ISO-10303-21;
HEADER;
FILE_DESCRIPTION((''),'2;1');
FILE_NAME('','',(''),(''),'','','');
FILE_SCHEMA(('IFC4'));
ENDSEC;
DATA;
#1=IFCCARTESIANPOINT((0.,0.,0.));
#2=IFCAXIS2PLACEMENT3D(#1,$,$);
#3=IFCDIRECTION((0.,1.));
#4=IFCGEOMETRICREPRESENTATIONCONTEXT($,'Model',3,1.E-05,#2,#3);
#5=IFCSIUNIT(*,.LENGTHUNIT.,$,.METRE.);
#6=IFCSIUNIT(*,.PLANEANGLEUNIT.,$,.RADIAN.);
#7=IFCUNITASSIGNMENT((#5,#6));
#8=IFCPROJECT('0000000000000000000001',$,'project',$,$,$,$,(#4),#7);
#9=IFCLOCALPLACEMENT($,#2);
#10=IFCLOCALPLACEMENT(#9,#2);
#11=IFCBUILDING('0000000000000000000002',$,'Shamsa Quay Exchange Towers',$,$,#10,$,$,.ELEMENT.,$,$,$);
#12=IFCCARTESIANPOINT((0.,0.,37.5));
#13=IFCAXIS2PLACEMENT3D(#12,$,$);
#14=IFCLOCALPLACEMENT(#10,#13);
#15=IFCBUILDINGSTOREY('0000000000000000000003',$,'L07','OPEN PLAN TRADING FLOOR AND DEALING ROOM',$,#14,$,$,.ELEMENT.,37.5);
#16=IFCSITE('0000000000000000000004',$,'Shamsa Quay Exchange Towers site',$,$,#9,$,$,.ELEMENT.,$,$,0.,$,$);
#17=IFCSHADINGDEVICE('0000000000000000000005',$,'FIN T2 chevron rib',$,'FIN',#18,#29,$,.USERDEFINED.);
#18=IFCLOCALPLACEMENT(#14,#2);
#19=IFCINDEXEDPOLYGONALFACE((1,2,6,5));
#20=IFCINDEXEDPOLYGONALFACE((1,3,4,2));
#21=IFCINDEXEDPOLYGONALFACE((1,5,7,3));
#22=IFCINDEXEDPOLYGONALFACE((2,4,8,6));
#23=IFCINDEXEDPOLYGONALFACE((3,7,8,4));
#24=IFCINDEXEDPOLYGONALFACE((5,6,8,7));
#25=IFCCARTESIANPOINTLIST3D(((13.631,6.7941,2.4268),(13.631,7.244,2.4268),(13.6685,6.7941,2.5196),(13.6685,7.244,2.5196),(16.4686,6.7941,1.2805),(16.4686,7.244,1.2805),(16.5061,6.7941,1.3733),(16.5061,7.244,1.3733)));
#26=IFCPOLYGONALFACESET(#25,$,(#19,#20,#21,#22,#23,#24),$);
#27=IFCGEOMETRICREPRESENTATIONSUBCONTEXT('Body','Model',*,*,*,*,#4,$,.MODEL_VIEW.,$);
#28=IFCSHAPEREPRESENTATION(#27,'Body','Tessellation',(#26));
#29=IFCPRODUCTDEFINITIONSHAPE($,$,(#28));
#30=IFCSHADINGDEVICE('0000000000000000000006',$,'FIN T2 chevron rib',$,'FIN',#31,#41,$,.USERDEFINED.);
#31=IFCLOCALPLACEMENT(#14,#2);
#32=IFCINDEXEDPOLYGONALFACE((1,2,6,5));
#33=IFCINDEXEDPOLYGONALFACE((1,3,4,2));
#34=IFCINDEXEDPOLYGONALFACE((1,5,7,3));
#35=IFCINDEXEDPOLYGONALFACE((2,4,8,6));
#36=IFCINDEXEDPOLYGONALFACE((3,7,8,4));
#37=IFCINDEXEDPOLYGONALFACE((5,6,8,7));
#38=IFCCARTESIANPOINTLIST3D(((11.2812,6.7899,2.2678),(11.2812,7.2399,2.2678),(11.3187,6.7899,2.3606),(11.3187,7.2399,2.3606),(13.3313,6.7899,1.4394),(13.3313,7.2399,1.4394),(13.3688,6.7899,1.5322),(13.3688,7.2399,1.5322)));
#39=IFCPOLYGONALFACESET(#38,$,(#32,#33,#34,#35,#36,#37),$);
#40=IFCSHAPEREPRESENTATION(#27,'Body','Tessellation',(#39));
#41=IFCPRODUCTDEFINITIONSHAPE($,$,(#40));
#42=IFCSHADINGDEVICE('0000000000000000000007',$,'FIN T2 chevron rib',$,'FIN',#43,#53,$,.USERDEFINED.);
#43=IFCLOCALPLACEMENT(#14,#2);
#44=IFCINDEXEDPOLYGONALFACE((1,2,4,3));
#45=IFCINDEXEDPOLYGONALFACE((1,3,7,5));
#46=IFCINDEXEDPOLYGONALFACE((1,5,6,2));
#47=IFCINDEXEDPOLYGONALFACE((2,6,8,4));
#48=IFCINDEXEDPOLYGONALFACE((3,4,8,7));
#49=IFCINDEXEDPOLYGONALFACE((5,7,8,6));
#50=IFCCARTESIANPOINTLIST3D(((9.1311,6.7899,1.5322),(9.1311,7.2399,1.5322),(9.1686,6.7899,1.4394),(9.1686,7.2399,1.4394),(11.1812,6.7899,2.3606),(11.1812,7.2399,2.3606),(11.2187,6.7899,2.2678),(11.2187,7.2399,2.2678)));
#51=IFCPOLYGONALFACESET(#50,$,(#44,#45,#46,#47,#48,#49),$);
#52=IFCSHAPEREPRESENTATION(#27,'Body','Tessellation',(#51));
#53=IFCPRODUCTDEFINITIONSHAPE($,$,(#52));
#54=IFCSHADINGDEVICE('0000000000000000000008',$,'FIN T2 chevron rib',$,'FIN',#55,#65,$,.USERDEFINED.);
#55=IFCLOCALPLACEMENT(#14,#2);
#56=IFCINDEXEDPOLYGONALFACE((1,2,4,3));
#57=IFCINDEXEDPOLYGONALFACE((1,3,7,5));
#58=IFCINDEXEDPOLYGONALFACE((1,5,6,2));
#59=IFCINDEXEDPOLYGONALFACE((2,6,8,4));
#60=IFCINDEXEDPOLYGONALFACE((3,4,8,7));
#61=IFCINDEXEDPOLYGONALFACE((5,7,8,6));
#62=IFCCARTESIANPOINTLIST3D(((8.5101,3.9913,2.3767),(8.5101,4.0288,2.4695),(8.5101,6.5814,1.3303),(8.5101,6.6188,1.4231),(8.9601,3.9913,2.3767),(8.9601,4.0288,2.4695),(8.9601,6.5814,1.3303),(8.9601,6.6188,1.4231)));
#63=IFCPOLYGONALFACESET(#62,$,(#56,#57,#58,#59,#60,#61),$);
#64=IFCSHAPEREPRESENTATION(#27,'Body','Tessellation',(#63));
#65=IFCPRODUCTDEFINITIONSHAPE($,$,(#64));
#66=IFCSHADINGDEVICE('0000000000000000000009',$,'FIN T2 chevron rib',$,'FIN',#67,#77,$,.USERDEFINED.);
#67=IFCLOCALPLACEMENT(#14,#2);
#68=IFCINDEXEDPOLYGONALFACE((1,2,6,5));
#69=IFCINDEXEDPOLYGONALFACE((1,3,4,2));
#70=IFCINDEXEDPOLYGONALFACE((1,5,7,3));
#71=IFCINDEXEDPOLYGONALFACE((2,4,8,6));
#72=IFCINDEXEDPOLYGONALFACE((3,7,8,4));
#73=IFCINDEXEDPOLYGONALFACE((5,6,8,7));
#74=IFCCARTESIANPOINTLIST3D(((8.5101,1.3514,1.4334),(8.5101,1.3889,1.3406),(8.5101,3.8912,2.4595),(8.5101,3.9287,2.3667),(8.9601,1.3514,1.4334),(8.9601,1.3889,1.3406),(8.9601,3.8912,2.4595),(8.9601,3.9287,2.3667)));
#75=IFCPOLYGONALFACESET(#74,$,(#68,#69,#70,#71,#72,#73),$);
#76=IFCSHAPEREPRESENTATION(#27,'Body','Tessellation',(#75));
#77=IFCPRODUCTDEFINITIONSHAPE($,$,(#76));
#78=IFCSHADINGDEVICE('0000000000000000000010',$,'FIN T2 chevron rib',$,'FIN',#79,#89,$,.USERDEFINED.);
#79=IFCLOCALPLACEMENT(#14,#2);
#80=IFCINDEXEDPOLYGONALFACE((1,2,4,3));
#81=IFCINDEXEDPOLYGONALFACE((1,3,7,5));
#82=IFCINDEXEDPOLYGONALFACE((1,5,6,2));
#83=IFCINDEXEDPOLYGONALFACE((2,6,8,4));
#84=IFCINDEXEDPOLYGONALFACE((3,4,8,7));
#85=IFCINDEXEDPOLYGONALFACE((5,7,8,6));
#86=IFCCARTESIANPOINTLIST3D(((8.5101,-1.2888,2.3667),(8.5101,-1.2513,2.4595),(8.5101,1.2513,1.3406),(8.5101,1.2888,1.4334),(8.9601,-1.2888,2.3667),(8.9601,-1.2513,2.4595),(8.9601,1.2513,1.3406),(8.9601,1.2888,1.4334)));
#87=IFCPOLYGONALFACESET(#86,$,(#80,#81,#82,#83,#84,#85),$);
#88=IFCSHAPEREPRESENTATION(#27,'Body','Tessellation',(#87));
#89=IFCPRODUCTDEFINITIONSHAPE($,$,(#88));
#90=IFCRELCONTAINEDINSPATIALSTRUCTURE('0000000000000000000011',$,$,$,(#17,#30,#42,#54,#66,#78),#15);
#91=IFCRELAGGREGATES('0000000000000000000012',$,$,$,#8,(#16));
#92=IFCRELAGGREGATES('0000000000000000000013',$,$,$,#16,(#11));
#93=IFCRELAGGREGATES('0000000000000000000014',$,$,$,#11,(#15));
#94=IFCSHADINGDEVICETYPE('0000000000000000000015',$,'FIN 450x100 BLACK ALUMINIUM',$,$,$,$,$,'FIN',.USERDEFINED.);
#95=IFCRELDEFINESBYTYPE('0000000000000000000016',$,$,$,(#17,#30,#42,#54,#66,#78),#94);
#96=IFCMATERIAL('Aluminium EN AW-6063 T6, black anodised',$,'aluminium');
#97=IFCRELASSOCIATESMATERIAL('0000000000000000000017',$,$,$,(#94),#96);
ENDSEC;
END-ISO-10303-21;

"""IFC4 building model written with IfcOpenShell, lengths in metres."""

from ifc_helpers import new_model, si_unit, direction, frame, origin, origin_2d, place, context, subcontext, project, spatial, rectangle, extrude, material, material_profile, profile_set, type_object, element, save


model = new_model("IFC4")

# Units and contexts
model_context = context("Model", 3, precision=1e-05, world=origin(), true_north=direction((0.0, 1.0)))
body_context = subcontext(model_context, "Body", "Model", "MODEL_VIEW")
ifc_project = project(units=[si_unit("LENGTHUNIT", "METRE"), si_unit("PLANEANGLEUNIT", "RADIAN")], contexts=[model_context])

# Site, building, storey
site_placement = place(None, origin())
site = spatial("IfcSite", under=ifc_project, at=site_placement, Name="Shamsa Quay Exchange Towers site", CompositionType="ELEMENT", RefElevation=0.0)
building_placement = place(site_placement, origin())
building = spatial("IfcBuilding", under=site, at=building_placement, Name="Shamsa Quay Exchange Towers", CompositionType="ELEMENT")
storey_placement = place(building_placement, frame((0.0, 0.0, 37.5)))
storey = spatial("IfcBuildingStorey", under=building, at=storey_placement, Name="L07", Description="OPEN PLAN TRADING FLOOR AND DEALING ROOM", CompositionType="ELEMENT", Elevation=37.5)

# Shared definitions
ifc_material_1 = material(Name="Aluminium EN AW-6063 T6, black anodised", Category="aluminium")

# Shading devices
ifc_material_profile_1 = material_profile(ifc_material_1, rectangle(XDim=0.45, YDim=0.1001, at=origin_2d()), Name="FIN450x100")
ifc_profile_set_1 = profile_set([ifc_material_profile_1], Name="Aluminium EN AW-6063 T6, black anodised")
shading_device_type = type_object("IfcShadingDeviceType", Name="FIN 450x100 BLACK ALUMINIUM", ElementType="FIN", PredefinedType="USERDEFINED", material=ifc_profile_set_1)
shading_device_1_placement = place(storey_placement, frame((16.4873, 7.019, 1.3269), z_axis=(-0.9272, 0.0, 0.374566), x_axis=(0.0, -1.0, 0.0)))
element("IfcShadingDevice", 1, at=shading_device_1_placement, inside=storey, type_object=shading_device_type, Name="FIN T2 chevron rib", ObjectType="FIN", PredefinedType="USERDEFINED", context=body_context, shape_type="SweptSolid", body=[
    extrude(rectangle(XDim=0.45, YDim=0.1001, at=origin_2d()), origin(), (0.0, 0.0, 1.0), 3.0603),
])
for number, where, z_axis, x_axis, name in (
    (2, (13.3501, 7.0149, 1.4858), (-0.927169, 0.0, 0.374644), (0.0, -1.0, 0.0), "FIN T2 chevron rib"),
    (3, (11.2, 7.0149, 2.3142), (-0.927169, 0.0, -0.374644), (0.0, -1.0, 0.0), "FIN T2 chevron rib"),
):
    element("IfcShadingDevice", number, at=place(storey_placement, frame(where, z_axis=z_axis, x_axis=x_axis)), inside=storey, type_object=shading_device_type, Name=name, ObjectType="FIN", PredefinedType="USERDEFINED", context=body_context, shape_type="SweptSolid", body=[
        extrude(rectangle(XDim=0.45, YDim=0.1001, at=origin_2d()), origin(), (0.0, 0.0, 1.0), 2.2112),
    ])
shading_device_2_placement = place(storey_placement, frame((8.7351, 6.6001, 1.3767), z_axis=(0.0, -0.927193, 0.374583), x_axis=(1.0, 0.0, 0.0)))
element("IfcShadingDevice", 4, at=shading_device_2_placement, inside=storey, type_object=shading_device_type, Name="FIN T2 chevron rib", ObjectType="FIN", PredefinedType="USERDEFINED", context=body_context, shape_type="SweptSolid", body=[
    extrude(rectangle(XDim=0.45, YDim=0.1001, at=origin_2d()), origin(), (0.0, 0.0, 1.0), 2.7935),
])
shading_device_3_placement = place(storey_placement, frame((8.7351, 3.9099, 2.4131), z_axis=(0.0, -0.927186, -0.3746), x_axis=(1.0, 0.0, 0.0)))
element("IfcShadingDevice", 5, at=shading_device_3_placement, inside=storey, type_object=shading_device_type, Name="FIN T2 chevron rib", ObjectType="FIN", PredefinedType="USERDEFINED", context=body_context, shape_type="SweptSolid", body=[
    extrude(rectangle(XDim=0.45, YDim=0.1001, at=origin_2d()), origin(), (0.0, 0.0, 1.0), 2.7393),
])
shading_device_4_placement = place(storey_placement, frame((8.7351, 1.27, 1.387), z_axis=(0.0, -0.927199, 0.374569), x_axis=(1.0, 0.0, 0.0)))
element("IfcShadingDevice", 6, at=shading_device_4_placement, inside=storey, type_object=shading_device_type, Name="FIN T2 chevron rib", ObjectType="FIN", PredefinedType="USERDEFINED", context=body_context, shape_type="SweptSolid", body=[
    extrude(rectangle(XDim=0.45, YDim=0.1001, at=origin_2d()), origin(), (0.0, 0.0, 1.0), 2.7395),
])

save(model, "model.ifc")
